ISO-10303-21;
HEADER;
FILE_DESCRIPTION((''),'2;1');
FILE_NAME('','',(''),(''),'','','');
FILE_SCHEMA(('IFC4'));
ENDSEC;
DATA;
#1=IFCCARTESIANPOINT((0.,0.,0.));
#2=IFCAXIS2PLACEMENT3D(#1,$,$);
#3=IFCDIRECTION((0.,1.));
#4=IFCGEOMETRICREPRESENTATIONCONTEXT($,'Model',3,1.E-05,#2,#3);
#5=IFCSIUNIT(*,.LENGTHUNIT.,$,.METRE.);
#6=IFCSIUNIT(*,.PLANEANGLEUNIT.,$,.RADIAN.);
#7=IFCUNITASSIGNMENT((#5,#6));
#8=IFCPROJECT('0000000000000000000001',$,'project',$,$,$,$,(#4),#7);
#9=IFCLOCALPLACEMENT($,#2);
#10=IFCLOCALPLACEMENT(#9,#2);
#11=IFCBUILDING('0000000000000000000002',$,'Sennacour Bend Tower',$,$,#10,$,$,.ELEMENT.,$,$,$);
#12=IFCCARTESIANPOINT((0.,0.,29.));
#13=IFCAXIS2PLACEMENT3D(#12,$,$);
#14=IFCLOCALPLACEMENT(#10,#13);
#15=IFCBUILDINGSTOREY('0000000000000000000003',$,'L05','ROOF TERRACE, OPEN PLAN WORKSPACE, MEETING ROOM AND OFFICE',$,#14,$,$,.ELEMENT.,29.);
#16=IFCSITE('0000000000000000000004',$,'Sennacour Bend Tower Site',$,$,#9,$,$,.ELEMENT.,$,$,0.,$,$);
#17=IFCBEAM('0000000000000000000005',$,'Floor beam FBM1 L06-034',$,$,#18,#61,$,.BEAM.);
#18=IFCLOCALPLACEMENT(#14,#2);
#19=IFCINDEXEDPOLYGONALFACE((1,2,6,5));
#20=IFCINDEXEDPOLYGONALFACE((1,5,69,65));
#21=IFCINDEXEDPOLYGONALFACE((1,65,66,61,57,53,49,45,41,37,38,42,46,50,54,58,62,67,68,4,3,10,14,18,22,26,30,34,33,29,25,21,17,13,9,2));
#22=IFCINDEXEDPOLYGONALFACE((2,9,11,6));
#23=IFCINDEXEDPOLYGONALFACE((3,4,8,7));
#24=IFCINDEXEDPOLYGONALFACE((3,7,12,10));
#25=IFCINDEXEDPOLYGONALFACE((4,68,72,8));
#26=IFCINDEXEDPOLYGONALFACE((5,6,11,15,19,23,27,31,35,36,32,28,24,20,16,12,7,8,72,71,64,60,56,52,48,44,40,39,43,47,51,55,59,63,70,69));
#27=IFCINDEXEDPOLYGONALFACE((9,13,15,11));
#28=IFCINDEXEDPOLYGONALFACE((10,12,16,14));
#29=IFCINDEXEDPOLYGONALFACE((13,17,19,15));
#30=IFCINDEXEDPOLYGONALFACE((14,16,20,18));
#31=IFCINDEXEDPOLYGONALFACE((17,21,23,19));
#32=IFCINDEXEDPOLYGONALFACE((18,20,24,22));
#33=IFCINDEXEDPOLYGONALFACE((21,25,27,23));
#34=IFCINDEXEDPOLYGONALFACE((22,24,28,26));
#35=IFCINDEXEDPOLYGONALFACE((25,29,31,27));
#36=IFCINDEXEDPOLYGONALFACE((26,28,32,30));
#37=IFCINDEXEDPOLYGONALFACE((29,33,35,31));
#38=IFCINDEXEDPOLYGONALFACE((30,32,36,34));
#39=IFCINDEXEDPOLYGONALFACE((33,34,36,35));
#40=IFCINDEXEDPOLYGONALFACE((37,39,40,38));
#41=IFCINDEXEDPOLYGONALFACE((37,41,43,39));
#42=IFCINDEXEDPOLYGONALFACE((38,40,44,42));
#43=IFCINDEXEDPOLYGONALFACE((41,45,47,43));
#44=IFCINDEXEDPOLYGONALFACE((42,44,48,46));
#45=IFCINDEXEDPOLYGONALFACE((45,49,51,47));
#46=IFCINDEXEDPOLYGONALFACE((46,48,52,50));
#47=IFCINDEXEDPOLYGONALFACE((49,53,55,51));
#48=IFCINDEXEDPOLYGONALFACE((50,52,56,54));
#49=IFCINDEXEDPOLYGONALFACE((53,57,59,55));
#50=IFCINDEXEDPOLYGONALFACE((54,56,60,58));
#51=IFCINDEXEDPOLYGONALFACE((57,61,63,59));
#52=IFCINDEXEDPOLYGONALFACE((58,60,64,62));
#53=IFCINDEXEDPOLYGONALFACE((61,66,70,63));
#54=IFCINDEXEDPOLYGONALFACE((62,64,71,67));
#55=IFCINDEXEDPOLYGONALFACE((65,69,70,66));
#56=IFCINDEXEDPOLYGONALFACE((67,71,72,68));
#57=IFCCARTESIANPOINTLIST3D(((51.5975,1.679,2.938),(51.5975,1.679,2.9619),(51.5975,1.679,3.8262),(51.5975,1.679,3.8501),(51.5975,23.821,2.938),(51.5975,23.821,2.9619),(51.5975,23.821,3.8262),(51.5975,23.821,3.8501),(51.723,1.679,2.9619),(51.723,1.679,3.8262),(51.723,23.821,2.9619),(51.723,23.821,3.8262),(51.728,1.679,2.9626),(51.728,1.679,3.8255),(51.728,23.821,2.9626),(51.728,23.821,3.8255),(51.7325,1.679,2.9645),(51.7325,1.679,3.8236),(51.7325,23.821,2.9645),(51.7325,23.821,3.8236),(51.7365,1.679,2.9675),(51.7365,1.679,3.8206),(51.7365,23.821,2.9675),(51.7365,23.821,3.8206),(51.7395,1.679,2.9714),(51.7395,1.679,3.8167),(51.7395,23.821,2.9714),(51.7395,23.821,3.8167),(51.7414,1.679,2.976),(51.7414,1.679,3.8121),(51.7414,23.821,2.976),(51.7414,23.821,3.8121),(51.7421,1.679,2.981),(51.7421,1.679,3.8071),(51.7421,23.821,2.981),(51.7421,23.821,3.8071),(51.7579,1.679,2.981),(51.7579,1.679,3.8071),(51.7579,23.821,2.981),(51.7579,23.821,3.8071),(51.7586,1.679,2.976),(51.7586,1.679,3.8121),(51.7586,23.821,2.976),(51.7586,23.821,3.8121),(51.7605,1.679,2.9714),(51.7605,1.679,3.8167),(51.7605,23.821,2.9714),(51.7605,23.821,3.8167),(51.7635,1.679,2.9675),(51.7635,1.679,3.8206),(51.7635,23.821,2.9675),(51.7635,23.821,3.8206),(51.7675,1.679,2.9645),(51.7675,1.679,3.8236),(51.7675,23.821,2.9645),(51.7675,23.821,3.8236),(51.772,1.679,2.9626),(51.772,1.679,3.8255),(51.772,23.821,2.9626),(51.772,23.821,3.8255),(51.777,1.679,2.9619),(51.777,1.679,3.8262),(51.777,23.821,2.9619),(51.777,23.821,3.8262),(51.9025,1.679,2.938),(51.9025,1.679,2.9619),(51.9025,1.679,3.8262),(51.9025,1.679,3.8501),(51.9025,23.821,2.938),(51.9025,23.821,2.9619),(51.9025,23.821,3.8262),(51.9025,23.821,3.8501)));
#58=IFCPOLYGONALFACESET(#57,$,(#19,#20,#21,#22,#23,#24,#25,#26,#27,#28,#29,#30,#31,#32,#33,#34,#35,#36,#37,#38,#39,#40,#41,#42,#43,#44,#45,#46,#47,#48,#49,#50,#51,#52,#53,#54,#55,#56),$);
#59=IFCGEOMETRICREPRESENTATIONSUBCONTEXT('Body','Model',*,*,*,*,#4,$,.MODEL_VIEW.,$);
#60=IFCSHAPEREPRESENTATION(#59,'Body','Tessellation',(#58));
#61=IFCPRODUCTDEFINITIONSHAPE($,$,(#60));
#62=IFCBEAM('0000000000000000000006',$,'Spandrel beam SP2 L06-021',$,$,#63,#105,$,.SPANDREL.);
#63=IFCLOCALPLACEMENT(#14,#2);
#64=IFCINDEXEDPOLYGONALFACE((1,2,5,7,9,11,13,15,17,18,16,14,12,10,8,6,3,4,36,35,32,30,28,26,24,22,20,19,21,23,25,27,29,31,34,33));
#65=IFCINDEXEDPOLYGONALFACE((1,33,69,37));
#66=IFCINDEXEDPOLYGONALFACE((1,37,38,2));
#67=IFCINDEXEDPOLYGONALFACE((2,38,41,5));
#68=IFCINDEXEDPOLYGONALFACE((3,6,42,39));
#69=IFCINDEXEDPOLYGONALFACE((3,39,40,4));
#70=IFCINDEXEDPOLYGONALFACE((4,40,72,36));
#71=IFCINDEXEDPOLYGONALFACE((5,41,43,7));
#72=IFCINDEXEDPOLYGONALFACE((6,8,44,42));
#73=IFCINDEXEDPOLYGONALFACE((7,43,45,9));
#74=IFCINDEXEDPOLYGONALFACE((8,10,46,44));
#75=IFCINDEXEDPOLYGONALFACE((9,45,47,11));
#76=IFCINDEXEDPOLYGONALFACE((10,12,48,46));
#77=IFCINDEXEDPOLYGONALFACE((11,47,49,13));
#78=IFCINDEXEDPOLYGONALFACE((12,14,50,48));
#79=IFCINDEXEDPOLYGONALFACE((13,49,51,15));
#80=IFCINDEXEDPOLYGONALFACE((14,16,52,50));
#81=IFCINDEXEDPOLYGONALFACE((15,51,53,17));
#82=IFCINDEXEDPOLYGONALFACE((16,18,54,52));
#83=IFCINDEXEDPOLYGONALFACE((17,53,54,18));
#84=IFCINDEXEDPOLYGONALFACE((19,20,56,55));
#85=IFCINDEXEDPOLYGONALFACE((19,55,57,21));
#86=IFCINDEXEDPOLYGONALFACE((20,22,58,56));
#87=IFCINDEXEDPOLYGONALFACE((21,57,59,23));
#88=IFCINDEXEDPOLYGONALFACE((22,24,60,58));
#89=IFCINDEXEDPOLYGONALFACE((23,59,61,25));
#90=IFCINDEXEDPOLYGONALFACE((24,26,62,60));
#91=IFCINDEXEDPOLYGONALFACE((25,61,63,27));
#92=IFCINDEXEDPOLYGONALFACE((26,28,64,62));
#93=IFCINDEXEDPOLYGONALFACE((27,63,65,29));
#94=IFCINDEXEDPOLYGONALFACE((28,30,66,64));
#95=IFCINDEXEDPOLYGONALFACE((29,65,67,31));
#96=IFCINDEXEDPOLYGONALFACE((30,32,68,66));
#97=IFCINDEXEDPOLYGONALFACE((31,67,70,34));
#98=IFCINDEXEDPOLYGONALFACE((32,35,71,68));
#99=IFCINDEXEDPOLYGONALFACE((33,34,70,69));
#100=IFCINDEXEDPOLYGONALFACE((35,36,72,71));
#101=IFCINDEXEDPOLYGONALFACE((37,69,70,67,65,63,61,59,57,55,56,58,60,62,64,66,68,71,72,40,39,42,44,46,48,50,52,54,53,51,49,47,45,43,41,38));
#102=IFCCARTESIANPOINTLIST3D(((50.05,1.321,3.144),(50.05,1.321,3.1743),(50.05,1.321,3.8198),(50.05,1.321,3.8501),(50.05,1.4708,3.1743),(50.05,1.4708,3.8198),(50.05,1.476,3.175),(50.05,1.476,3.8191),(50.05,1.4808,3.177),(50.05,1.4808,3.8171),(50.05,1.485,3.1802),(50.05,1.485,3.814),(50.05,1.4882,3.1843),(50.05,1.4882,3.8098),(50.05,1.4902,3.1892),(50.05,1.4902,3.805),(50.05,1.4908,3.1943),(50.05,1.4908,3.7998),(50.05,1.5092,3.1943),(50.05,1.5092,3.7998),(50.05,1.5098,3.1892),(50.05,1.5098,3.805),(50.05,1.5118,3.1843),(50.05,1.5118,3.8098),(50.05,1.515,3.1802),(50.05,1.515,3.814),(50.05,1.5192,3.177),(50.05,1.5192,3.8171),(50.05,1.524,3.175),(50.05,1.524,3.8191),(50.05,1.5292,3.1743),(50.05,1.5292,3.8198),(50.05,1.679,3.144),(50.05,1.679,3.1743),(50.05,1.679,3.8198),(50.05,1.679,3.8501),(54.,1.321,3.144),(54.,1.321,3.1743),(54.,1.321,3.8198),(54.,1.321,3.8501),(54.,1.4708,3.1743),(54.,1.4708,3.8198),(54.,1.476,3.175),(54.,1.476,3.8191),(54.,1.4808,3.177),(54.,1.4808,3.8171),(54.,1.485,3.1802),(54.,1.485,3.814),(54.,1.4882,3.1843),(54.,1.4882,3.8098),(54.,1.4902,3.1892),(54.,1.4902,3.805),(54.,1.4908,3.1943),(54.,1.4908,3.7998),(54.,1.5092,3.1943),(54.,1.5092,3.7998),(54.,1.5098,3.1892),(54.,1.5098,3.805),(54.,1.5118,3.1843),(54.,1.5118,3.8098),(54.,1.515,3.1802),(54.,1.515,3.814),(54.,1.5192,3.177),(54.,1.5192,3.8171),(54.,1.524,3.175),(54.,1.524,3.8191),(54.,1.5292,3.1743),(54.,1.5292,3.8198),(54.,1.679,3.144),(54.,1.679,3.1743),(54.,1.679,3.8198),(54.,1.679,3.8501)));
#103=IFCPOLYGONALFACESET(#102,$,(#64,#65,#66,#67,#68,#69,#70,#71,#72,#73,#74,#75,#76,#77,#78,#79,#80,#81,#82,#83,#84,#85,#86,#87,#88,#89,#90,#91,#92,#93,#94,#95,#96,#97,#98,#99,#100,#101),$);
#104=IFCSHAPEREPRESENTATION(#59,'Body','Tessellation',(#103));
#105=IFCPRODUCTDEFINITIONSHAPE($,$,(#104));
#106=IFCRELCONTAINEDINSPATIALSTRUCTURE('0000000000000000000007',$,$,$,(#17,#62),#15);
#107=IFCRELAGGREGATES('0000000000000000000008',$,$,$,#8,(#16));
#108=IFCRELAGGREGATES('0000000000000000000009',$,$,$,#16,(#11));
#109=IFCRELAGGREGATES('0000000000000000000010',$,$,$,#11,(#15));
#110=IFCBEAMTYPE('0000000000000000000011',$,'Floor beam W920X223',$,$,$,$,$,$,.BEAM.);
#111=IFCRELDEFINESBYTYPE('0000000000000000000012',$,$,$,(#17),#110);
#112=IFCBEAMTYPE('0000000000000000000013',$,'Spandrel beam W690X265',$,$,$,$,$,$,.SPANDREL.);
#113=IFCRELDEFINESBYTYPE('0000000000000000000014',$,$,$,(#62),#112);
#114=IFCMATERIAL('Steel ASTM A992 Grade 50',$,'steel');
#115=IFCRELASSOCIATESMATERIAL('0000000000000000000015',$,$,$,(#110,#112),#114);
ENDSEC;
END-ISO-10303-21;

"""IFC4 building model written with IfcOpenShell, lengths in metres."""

from ifc_helpers import new_model, si_unit, direction, frame, origin, origin_2d, place, context, subcontext, project, spatial, i_section, extrude, material, material_profile, profile_set, type_object, element, save


model = new_model("IFC4")

# Units and contexts
model_context = context("Model", 3, precision=1e-05, world=origin(), true_north=direction((0.0, 1.0)))
body_context = subcontext(model_context, "Body", "Model", "MODEL_VIEW")
ifc_project = project(units=[si_unit("LENGTHUNIT", "METRE"), si_unit("PLANEANGLEUNIT", "RADIAN")], contexts=[model_context])

# Site, building, storey
site_placement = place(None, origin())
site = spatial("IfcSite", under=ifc_project, at=site_placement, Name="Sennacour Bend Tower Site", CompositionType="ELEMENT", RefElevation=0.0)
building_placement = place(site_placement, origin())
building = spatial("IfcBuilding", under=site, at=building_placement, Name="Sennacour Bend Tower", CompositionType="ELEMENT")
storey_placement = place(building_placement, frame((0.0, 0.0, 29.0)))
storey = spatial("IfcBuildingStorey", under=building, at=storey_placement, Name="L05", Description="ROOF TERRACE, OPEN PLAN WORKSPACE, MEETING ROOM AND OFFICE", CompositionType="ELEMENT", Elevation=29.0)

# Beams
ifc_material_1 = material(Name="Steel ASTM A992 Grade 50", Category="steel")
ifc_material_profile_1 = material_profile(ifc_material_1, i_section(OverallWidth=0.3049, OverallDepth=0.9121, WebThickness=0.0159, FlangeThickness=0.0239, FilletRadius=0.019, at=origin_2d()), Name="Steel ASTM A992 Grade 50", Category="steel")
ifc_profile_set_1 = profile_set([ifc_material_profile_1], Name="Steel ASTM A992 Grade 50")
beam_type_1 = type_object("IfcBeamType", Name="Floor beam W920X223", PredefinedType="BEAM", material=ifc_profile_set_1)
beam_1_placement = place(storey_placement, frame((51.75, 1.679, 3.394), z_axis=(0.0, 1.0, 0.0), x_axis=(-1.0, 0.0, 0.0)))
element("IfcBeam", 1, at=beam_1_placement, inside=storey, type_object=beam_type_1, Name="Floor beam FBM1 L06-034", PredefinedType="BEAM", context=body_context, shape_type="SweptSolid", body=[
    extrude(i_section(OverallWidth=0.3049, OverallDepth=0.9121, WebThickness=0.0159, FlangeThickness=0.0239, FilletRadius=0.019, at=origin_2d()), origin(), (0.0, 0.0, 1.0), 22.1421),
])
ifc_material_profile_2 = material_profile(ifc_material_1, i_section(OverallWidth=0.3579, OverallDepth=0.7061, WebThickness=0.0183, FlangeThickness=0.0303, FilletRadius=0.02, at=origin_2d()), Name="Steel ASTM A992 Grade 50", Category="steel")
ifc_profile_set_2 = profile_set([ifc_material_profile_2], Name="Steel ASTM A992 Grade 50")
beam_type_2 = type_object("IfcBeamType", Name="Spandrel beam W690X265", PredefinedType="SPANDREL", material=ifc_profile_set_2)
beam_2_placement = place(storey_placement, frame((54.0, 1.5, 3.4971), z_axis=(-1.0, 0.0, 0.0), x_axis=(0.0, -1.0, 0.0)))
element("IfcBeam", 2, at=beam_2_placement, inside=storey, type_object=beam_type_2, Name="Spandrel beam SP2 L06-021", PredefinedType="SPANDREL", context=body_context, shape_type="SweptSolid", body=[
    extrude(i_section(OverallWidth=0.3579, OverallDepth=0.7061, WebThickness=0.0183, FlangeThickness=0.0303, FilletRadius=0.02, at=origin_2d()), origin(), (0.0, 0.0, 1.0), 3.95),
])

save(model, "model.ifc")
